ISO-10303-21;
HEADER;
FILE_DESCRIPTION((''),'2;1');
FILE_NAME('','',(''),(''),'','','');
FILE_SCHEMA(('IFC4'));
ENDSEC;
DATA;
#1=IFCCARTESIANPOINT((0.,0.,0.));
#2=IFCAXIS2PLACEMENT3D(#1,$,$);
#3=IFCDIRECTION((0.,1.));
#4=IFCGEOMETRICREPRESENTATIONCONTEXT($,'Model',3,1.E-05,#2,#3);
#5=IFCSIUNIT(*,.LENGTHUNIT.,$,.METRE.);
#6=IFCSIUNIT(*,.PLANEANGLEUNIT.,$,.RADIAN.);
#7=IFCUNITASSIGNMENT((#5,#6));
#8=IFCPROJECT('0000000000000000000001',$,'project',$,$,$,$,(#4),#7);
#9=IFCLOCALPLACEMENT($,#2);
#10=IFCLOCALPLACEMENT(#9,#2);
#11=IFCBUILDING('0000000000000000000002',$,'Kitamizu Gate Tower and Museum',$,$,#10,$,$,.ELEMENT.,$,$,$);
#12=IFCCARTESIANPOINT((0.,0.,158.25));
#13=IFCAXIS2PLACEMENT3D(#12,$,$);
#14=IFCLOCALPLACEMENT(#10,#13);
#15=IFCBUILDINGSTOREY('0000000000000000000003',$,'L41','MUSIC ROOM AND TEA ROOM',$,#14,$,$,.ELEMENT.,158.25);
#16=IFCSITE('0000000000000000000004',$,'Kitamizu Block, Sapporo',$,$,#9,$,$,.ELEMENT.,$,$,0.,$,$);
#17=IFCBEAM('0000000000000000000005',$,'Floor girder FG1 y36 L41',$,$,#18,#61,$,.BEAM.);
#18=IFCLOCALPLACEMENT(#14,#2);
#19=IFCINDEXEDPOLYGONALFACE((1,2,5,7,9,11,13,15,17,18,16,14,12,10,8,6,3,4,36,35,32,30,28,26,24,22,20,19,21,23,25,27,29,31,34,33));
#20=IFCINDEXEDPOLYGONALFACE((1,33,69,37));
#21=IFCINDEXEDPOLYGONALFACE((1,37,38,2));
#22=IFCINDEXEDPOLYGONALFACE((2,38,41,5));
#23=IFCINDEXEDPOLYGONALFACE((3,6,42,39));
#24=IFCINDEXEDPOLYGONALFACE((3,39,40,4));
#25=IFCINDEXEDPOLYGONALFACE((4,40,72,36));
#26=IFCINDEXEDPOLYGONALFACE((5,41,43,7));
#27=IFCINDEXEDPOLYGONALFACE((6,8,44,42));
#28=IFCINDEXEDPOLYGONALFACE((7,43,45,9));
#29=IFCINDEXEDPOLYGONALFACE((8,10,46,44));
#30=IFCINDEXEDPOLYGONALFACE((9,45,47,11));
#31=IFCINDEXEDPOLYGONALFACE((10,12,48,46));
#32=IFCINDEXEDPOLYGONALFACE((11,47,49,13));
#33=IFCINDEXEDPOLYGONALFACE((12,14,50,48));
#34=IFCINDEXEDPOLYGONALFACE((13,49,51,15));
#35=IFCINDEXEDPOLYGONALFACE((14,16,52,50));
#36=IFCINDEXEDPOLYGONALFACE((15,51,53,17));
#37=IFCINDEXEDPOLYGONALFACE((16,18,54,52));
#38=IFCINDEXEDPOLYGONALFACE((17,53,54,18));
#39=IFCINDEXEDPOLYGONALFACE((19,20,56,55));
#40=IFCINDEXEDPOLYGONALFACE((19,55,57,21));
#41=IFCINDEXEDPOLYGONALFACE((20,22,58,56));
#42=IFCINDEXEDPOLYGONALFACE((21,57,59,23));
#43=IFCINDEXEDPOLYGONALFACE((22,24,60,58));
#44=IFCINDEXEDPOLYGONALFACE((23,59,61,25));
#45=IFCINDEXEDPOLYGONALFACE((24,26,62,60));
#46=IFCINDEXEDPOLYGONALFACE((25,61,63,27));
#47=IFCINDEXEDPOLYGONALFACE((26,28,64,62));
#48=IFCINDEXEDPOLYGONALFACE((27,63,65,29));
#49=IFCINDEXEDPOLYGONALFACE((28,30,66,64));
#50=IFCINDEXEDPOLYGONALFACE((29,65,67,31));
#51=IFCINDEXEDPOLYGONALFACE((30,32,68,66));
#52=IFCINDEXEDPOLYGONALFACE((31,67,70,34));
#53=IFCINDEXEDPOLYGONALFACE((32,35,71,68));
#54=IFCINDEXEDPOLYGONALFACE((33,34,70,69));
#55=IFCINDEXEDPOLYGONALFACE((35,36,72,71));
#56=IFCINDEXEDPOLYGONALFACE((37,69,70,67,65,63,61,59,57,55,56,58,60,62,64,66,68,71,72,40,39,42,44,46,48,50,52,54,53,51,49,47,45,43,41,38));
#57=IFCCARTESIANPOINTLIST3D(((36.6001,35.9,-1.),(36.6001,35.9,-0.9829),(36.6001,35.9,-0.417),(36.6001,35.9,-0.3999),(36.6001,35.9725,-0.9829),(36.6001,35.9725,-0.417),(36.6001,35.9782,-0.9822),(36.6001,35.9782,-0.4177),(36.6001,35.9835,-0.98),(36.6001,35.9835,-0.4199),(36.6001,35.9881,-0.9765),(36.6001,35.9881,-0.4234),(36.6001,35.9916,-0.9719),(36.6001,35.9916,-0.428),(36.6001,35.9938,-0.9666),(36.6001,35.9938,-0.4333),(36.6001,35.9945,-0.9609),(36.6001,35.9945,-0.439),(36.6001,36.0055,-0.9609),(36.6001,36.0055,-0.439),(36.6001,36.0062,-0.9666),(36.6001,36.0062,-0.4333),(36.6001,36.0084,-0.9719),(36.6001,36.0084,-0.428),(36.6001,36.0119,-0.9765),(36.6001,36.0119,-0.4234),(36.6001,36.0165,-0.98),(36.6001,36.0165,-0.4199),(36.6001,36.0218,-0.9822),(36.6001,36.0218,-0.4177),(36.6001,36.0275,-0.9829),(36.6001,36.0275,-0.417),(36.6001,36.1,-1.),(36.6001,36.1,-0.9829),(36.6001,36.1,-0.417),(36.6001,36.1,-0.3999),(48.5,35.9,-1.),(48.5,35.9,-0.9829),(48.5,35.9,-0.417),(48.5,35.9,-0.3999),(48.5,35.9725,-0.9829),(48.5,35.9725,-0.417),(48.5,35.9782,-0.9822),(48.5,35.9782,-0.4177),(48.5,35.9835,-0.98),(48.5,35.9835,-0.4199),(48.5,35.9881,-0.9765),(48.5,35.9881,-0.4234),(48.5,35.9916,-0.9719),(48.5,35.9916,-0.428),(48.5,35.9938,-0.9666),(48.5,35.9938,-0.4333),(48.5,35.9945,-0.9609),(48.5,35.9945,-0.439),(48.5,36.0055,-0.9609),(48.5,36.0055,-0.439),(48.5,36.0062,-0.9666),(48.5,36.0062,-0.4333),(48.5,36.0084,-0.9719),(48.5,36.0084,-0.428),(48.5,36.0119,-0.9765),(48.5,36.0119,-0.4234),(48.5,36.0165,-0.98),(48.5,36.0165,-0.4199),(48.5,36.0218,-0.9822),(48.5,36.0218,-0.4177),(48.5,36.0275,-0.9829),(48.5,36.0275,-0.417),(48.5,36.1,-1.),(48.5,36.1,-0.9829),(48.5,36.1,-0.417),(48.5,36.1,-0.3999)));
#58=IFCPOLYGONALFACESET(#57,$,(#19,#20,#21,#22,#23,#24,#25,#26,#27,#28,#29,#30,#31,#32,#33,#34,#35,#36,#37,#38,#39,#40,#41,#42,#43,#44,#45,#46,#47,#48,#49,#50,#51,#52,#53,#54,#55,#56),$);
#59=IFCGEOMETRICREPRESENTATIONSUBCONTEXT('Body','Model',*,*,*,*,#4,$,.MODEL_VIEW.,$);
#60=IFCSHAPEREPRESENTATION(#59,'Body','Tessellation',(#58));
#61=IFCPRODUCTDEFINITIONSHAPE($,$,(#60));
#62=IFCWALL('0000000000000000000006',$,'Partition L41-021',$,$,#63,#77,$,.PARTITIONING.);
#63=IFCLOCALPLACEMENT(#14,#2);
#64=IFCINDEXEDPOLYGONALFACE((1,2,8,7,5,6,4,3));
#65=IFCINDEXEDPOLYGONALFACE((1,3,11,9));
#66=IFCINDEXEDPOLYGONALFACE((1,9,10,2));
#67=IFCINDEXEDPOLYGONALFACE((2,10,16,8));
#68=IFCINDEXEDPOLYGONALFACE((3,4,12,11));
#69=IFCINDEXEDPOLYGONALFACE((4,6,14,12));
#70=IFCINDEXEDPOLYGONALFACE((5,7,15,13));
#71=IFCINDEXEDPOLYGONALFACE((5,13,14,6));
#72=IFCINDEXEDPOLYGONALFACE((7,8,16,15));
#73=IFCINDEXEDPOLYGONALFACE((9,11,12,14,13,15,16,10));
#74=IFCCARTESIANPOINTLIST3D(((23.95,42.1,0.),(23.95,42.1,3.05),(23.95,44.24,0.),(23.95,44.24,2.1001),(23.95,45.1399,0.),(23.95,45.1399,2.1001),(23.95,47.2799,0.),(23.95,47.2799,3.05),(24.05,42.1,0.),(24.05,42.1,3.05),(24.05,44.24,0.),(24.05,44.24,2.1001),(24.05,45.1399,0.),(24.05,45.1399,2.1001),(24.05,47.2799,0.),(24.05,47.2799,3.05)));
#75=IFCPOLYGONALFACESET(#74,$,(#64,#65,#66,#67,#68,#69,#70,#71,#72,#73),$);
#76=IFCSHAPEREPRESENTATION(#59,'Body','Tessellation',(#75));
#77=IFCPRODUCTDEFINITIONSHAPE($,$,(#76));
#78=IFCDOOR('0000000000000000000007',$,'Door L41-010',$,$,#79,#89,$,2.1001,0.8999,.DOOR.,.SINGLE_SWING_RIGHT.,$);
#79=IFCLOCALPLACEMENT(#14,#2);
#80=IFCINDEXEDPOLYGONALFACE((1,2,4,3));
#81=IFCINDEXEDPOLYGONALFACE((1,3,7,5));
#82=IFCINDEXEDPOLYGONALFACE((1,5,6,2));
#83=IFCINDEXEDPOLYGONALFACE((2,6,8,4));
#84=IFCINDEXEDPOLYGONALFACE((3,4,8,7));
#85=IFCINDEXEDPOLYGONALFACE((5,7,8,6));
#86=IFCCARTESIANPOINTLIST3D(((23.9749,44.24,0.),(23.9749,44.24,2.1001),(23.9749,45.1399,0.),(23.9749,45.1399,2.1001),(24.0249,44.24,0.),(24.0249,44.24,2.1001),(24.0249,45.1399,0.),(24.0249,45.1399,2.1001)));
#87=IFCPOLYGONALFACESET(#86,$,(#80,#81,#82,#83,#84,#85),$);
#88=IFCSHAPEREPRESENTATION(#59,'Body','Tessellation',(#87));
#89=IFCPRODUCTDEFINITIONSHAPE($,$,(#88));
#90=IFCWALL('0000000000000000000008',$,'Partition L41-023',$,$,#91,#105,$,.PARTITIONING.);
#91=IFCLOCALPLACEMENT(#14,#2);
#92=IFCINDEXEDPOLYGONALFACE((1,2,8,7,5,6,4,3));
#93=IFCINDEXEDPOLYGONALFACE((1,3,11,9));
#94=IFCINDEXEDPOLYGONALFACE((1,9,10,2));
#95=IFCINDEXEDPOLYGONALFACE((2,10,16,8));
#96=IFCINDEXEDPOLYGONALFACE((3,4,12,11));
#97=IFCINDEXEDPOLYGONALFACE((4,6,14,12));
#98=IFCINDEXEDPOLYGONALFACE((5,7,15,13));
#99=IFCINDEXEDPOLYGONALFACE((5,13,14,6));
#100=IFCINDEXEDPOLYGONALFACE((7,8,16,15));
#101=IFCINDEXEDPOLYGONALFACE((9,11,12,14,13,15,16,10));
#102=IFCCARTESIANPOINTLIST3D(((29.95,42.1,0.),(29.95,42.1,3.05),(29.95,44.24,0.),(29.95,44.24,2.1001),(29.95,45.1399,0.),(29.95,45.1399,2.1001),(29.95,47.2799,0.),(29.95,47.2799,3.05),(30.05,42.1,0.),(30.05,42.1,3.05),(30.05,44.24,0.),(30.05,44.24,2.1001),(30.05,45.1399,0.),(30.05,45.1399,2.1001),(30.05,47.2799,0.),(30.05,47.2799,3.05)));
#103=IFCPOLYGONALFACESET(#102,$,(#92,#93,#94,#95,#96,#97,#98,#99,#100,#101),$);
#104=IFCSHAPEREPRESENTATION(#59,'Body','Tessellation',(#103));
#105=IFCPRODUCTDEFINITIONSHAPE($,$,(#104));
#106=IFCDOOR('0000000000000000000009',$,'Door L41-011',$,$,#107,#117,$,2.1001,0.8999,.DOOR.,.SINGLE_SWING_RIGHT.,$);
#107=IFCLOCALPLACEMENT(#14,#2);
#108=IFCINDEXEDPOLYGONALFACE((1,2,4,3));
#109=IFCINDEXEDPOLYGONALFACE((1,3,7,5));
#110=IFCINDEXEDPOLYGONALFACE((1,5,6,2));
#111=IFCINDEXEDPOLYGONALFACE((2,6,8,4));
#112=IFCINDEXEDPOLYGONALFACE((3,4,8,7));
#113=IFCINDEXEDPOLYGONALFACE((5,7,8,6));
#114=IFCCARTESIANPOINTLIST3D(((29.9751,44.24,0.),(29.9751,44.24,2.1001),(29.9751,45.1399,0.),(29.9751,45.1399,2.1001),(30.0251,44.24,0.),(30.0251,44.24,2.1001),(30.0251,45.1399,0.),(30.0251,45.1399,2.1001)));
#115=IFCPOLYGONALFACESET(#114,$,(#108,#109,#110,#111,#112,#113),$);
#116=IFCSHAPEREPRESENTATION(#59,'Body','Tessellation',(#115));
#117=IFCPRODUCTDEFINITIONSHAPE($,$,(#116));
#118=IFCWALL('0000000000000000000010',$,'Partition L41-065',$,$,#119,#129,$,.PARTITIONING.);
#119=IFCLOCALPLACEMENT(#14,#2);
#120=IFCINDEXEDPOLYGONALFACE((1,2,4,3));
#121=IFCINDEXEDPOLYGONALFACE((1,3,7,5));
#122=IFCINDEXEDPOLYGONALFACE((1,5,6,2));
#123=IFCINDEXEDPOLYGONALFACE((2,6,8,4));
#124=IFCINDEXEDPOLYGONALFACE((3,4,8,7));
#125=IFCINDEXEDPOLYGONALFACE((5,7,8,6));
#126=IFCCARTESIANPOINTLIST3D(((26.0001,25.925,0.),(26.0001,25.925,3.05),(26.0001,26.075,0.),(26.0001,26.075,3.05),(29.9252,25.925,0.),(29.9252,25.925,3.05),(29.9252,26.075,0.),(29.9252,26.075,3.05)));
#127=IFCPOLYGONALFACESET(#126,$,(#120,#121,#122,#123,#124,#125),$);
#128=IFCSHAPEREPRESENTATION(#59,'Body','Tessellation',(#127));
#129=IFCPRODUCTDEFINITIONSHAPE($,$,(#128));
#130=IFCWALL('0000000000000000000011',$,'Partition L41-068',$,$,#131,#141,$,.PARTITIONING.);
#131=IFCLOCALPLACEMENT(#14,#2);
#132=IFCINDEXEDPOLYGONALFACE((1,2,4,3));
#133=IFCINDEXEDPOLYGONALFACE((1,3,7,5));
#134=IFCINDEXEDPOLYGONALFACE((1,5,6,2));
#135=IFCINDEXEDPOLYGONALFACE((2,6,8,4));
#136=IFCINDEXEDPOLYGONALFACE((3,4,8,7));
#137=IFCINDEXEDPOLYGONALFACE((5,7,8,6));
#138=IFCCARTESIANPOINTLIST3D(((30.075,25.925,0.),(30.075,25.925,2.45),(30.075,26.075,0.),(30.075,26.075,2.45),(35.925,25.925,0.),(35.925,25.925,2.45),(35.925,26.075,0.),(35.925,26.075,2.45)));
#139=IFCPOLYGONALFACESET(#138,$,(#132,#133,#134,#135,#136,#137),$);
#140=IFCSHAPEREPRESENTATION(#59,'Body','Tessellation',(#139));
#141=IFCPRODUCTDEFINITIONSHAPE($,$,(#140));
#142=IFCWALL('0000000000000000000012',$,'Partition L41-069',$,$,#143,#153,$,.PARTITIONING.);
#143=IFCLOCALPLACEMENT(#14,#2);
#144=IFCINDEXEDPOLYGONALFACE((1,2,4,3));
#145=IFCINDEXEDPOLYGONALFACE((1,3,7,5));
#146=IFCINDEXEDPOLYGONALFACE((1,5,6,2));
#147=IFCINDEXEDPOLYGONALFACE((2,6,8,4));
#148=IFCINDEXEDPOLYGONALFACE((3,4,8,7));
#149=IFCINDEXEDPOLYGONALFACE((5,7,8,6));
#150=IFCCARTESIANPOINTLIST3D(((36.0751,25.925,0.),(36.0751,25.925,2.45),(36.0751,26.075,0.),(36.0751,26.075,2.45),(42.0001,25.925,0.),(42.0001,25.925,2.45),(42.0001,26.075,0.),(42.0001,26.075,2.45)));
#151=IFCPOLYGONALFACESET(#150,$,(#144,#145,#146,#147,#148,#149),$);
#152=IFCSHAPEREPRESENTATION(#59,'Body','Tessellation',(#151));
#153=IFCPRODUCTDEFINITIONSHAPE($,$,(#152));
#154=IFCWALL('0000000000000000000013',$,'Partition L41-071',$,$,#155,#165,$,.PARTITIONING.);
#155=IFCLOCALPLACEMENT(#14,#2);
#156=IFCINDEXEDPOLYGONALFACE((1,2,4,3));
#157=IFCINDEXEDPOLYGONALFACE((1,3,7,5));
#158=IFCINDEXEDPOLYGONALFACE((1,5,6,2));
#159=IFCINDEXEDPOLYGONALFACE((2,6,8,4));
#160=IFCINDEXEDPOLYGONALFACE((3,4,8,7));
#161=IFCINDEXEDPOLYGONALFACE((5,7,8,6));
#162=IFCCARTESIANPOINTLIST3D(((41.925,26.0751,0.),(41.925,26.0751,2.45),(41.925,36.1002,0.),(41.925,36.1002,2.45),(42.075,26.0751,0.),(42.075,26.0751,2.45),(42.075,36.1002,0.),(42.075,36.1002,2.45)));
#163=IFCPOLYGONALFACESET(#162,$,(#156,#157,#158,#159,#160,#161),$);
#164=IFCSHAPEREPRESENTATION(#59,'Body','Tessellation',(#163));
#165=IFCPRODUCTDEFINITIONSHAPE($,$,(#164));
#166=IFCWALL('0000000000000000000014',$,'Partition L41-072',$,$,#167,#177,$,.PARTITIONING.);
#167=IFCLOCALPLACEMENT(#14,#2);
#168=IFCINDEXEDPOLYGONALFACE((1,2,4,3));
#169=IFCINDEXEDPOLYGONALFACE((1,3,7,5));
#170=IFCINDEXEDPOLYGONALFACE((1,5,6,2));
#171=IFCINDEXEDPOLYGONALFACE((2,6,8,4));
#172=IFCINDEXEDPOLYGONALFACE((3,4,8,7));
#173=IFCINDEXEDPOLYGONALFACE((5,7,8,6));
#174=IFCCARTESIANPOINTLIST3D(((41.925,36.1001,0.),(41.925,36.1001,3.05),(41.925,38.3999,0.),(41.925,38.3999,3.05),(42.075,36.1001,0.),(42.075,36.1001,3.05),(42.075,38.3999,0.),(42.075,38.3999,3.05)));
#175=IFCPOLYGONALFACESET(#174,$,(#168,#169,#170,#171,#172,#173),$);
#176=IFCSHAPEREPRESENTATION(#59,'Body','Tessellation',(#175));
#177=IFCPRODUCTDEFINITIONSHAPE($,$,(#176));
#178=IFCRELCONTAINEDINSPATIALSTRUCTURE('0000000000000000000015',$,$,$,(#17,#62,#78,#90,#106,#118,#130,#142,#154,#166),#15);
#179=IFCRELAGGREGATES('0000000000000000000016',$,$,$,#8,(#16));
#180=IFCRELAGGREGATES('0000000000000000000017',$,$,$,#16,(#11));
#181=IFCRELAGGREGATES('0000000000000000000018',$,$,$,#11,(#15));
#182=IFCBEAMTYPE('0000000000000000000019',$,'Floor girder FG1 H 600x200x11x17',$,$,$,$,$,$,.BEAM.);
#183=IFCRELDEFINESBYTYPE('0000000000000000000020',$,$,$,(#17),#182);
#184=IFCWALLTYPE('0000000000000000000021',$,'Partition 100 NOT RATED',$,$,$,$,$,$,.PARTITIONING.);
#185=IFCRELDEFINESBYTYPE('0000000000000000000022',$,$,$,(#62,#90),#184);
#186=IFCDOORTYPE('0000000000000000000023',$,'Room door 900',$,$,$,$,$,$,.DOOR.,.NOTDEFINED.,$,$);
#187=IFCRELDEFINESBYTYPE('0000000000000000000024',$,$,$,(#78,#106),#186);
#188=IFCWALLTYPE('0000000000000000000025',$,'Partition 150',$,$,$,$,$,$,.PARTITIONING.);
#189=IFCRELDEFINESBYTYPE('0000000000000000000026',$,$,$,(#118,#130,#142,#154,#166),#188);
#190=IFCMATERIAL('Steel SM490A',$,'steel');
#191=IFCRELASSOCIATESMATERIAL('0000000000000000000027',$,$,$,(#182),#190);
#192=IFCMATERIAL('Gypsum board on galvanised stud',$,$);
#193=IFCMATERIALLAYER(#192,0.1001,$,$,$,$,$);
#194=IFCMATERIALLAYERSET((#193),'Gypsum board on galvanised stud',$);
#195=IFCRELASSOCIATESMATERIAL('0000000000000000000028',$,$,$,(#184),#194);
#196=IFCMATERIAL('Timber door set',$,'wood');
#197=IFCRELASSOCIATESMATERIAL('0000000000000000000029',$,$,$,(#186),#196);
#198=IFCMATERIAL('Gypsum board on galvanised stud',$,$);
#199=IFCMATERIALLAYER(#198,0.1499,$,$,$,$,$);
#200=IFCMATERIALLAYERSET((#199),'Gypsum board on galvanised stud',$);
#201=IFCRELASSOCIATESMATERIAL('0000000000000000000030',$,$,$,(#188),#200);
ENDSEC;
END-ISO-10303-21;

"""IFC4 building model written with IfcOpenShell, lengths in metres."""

from ifc_helpers import new_model, si_unit, direction, frame, frame_2d, origin, origin_2d, place, context, subcontext, project, spatial, rectangle, i_section, extrude, material, layer, layer_set, material_profile, profile_set, type_object, element, fill, save


model = new_model("IFC4")

# Units and contexts
model_context = context("Model", 3, precision=1e-05, world=origin(), true_north=direction((0.0, 1.0)))
body_context = subcontext(model_context, "Body", "Model", "MODEL_VIEW")
ifc_project = project(units=[si_unit("LENGTHUNIT", "METRE"), si_unit("PLANEANGLEUNIT", "RADIAN")], contexts=[model_context])

# Site, building, storey
site_placement = place(None, origin())
site = spatial("IfcSite", under=ifc_project, at=site_placement, Name="Kitamizu Block, Sapporo", CompositionType="ELEMENT", RefElevation=0.0)
building_placement = place(site_placement, origin())
building = spatial("IfcBuilding", under=site, at=building_placement, Name="Kitamizu Gate Tower and Museum", CompositionType="ELEMENT")
storey_placement = place(building_placement, frame((0.0, 0.0, 158.25)))
storey = spatial("IfcBuildingStorey", under=building, at=storey_placement, Name="L41", Description="MUSIC ROOM AND TEA ROOM", CompositionType="ELEMENT", Elevation=158.25)

# Beam
ifc_material_1 = material(Name="Steel SM490A", Category="steel")
ifc_material_profile_1 = material_profile(ifc_material_1, i_section(OverallWidth=0.2, OverallDepth=0.6001, WebThickness=0.011, FlangeThickness=0.0171, FilletRadius=0.022, at=origin_2d()), Name="H-600x200x11x17")
ifc_profile_set_1 = profile_set([ifc_material_profile_1], Name="Steel SM490A")
beam_type_1 = type_object("IfcBeamType", Name="Floor girder FG1 H 600x200x11x17", PredefinedType="BEAM", material=ifc_profile_set_1)
beam_1_placement = place(storey_placement, frame((36.6001, 36.0, -0.7), z_axis=(1.0, 0.0, 0.0), x_axis=(0.0, 1.0, 0.0)))
element("IfcBeam", 1, at=beam_1_placement, inside=storey, type_object=beam_type_1, Name="Floor girder FG1 y36 L41", PredefinedType="BEAM", context=body_context, shape_type="SweptSolid", body=[
    extrude(i_section(OverallWidth=0.2, OverallDepth=0.6001, WebThickness=0.011, FlangeThickness=0.0171, FilletRadius=0.022, at=origin_2d()), origin(), (0.0, 0.0, 1.0), 11.8999),
])

# Walls, openings, doors
ifc_material_2 = material(Name="Gypsum board on galvanised stud")
ifc_layer_1 = layer(ifc_material_2, 0.1001)
ifc_layer_set_1 = layer_set([ifc_layer_1], Name="Gypsum board on galvanised stud")
wall_type_1 = type_object("IfcWallType", Name="Partition 100 NOT RATED", PredefinedType="PARTITIONING", material=ifc_layer_set_1)
wall_1_placement = place(storey_placement, frame((24.0, 42.1001, 0.0), z_axis=(0.0, 0.0, 1.0), x_axis=(0.0, 1.0, 0.0)))
wall_1 = element("IfcWall", 2, at=wall_1_placement, inside=storey, type_object=wall_type_1, Name="Partition L41-021", PredefinedType="PARTITIONING", context=body_context, shape_type="SweptSolid", body=[
    extrude(rectangle(XDim=5.1799, YDim=0.1001, at=frame_2d((2.5898, 0.0))), origin(), (0.0, 0.0, 1.0), 3.05),
])
opening_1_placement = place(wall_1_placement, frame((2.1399, 0.0, 0.0)))
opening_1 = element("IfcOpeningElement", 3, at=opening_1_placement, cuts=wall_1, PredefinedType="OPENING", context=body_context, shape_type="SweptSolid", body=[
    extrude(rectangle(XDim=0.8999, YDim=2.1001, at=frame_2d((0.45, 1.05))), frame((0.0, 0.0601, 0.0), z_axis=(0.0, -1.0, 0.0), x_axis=(1.0, 0.0, 0.0)), (0.0, 0.0, 1.0), 0.1201),
])
ifc_material_3 = material(Name="Timber door set", Category="wood")
door_type_1 = type_object("IfcDoorType", Name="Room door 900", OperationType="NOTDEFINED", PredefinedType="DOOR", material=ifc_material_3)
door_1_placement = place(opening_1_placement, frame((0.8999, 0.0, 0.0), x_axis=(-1.0, 0.0, 0.0)))
door_1 = element("IfcDoor", 4, at=door_1_placement, inside=storey, type_object=door_type_1, Name="Door L41-010", OperationType="SINGLE_SWING_RIGHT", OverallHeight=2.1001, OverallWidth=0.8999, PredefinedType="DOOR", context=body_context, shape_type="SweptSolid", body=[
    extrude(rectangle(XDim=0.8999, YDim=2.1001, at=frame_2d((0.45, 1.05))), frame((0.0, 0.0249, 0.0), z_axis=(0.0, -1.0, 0.0), x_axis=(1.0, 0.0, 0.0)), (0.0, 0.0, 1.0), 0.05),
])
fill(opening_1, door_1)
wall_2_placement = place(storey_placement, frame((30.0, 42.1001, 0.0), z_axis=(0.0, 0.0, 1.0), x_axis=(0.0, 1.0, 0.0)))
wall_2 = element("IfcWall", 5, at=wall_2_placement, inside=storey, type_object=wall_type_1, Name="Partition L41-023", PredefinedType="PARTITIONING", context=body_context, shape_type="SweptSolid", body=[
    extrude(rectangle(XDim=5.1799, YDim=0.1001, at=frame_2d((2.5898, 0.0))), origin(), (0.0, 0.0, 1.0), 3.05),
])
opening_2_placement = place(wall_2_placement, frame((2.1399, 0.0, 0.0)))
opening_2 = element("IfcOpeningElement", 6, at=opening_2_placement, cuts=wall_2, PredefinedType="OPENING", context=body_context, shape_type="SweptSolid", body=[
    extrude(rectangle(XDim=0.8999, YDim=2.1001, at=frame_2d((0.45, 1.05))), frame((0.0, 0.0601, 0.0), z_axis=(0.0, -1.0, 0.0), x_axis=(1.0, 0.0, 0.0)), (0.0, 0.0, 1.0), 0.1201),
])
door_2_placement = place(opening_2_placement, origin())
door_2 = element("IfcDoor", 7, at=door_2_placement, inside=storey, type_object=door_type_1, Name="Door L41-011", OperationType="SINGLE_SWING_RIGHT", OverallHeight=2.1001, OverallWidth=0.8999, PredefinedType="DOOR", context=body_context, shape_type="SweptSolid", body=[
    extrude(rectangle(XDim=0.8999, YDim=2.1001, at=frame_2d((0.45, 1.05))), frame((0.0, 0.0249, 0.0), z_axis=(0.0, -1.0, 0.0), x_axis=(1.0, 0.0, 0.0)), (0.0, 0.0, 1.0), 0.05),
])
fill(opening_2, door_2)

# Walls
ifc_material_4 = material(Name="Gypsum board on galvanised stud")
ifc_layer_2 = layer(ifc_material_4, 0.1499)
ifc_layer_set_2 = layer_set([ifc_layer_2], Name="Gypsum board on galvanised stud")
wall_type_2 = type_object("IfcWallType", Name="Partition 150", PredefinedType="PARTITIONING", material=ifc_layer_set_2)
wall_3_placement = place(storey_placement, frame((29.925, 26.0, 0.0), z_axis=(0.0, 0.0, 1.0), x_axis=(-1.0, 0.0, 0.0)))
element("IfcWall", 8, at=wall_3_placement, inside=storey, type_object=wall_type_2, Name="Partition L41-065", PredefinedType="PARTITIONING", context=body_context, shape_type="SweptSolid", body=[
    extrude(rectangle(XDim=3.925, YDim=0.1499, at=frame_2d((1.9624, 0.0))), origin(), (0.0, 0.0, 1.0), 3.05),
])
wall_4_placement = place(storey_placement, frame((35.925, 26.0, 0.0), z_axis=(0.0, 0.0, 1.0), x_axis=(-1.0, 0.0, 0.0)))
element("IfcWall", 9, at=wall_4_placement, inside=storey, type_object=wall_type_2, Name="Partition L41-068", PredefinedType="PARTITIONING", context=body_context, shape_type="SweptSolid", body=[
    extrude(rectangle(XDim=5.8501, YDim=0.1499, at=frame_2d((2.925, 0.0))), origin(), (0.0, 0.0, 1.0), 2.45),
])
wall_5_placement = place(storey_placement, frame((42.0, 26.0, 0.0), z_axis=(0.0, 0.0, 1.0), x_axis=(-1.0, 0.0, 0.0)))
element("IfcWall", 10, at=wall_5_placement, inside=storey, type_object=wall_type_2, Name="Partition L41-069", PredefinedType="PARTITIONING", context=body_context, shape_type="SweptSolid", body=[
    extrude(rectangle(XDim=5.925, YDim=0.1499, at=frame_2d((2.9624, 0.0))), origin(), (0.0, 0.0, 1.0), 2.45),
])
wall_6_placement = place(storey_placement, frame((42.0, 26.075, 0.0), z_axis=(0.0, 0.0, 1.0), x_axis=(0.0, 1.0, 0.0)))
element("IfcWall", 11, at=wall_6_placement, inside=storey, type_object=wall_type_2, Name="Partition L41-071", PredefinedType="PARTITIONING", context=body_context, shape_type="SweptSolid", body=[
    extrude(rectangle(XDim=10.0251, YDim=0.1499, at=frame_2d((5.0127, 0.0))), origin(), (0.0, 0.0, 1.0), 2.45),
])
wall_7_placement = place(storey_placement, frame((42.0, 36.1001, 0.0), z_axis=(0.0, 0.0, 1.0), x_axis=(0.0, 1.0, 0.0)))
element("IfcWall", 12, at=wall_7_placement, inside=storey, type_object=wall_type_2, Name="Partition L41-072", PredefinedType="PARTITIONING", context=body_context, shape_type="SweptSolid", body=[
    extrude(rectangle(XDim=2.2998, YDim=0.1499, at=frame_2d((1.1499, 0.0))), origin(), (0.0, 0.0, 1.0), 3.05),
])

save(model, "model.ifc")
